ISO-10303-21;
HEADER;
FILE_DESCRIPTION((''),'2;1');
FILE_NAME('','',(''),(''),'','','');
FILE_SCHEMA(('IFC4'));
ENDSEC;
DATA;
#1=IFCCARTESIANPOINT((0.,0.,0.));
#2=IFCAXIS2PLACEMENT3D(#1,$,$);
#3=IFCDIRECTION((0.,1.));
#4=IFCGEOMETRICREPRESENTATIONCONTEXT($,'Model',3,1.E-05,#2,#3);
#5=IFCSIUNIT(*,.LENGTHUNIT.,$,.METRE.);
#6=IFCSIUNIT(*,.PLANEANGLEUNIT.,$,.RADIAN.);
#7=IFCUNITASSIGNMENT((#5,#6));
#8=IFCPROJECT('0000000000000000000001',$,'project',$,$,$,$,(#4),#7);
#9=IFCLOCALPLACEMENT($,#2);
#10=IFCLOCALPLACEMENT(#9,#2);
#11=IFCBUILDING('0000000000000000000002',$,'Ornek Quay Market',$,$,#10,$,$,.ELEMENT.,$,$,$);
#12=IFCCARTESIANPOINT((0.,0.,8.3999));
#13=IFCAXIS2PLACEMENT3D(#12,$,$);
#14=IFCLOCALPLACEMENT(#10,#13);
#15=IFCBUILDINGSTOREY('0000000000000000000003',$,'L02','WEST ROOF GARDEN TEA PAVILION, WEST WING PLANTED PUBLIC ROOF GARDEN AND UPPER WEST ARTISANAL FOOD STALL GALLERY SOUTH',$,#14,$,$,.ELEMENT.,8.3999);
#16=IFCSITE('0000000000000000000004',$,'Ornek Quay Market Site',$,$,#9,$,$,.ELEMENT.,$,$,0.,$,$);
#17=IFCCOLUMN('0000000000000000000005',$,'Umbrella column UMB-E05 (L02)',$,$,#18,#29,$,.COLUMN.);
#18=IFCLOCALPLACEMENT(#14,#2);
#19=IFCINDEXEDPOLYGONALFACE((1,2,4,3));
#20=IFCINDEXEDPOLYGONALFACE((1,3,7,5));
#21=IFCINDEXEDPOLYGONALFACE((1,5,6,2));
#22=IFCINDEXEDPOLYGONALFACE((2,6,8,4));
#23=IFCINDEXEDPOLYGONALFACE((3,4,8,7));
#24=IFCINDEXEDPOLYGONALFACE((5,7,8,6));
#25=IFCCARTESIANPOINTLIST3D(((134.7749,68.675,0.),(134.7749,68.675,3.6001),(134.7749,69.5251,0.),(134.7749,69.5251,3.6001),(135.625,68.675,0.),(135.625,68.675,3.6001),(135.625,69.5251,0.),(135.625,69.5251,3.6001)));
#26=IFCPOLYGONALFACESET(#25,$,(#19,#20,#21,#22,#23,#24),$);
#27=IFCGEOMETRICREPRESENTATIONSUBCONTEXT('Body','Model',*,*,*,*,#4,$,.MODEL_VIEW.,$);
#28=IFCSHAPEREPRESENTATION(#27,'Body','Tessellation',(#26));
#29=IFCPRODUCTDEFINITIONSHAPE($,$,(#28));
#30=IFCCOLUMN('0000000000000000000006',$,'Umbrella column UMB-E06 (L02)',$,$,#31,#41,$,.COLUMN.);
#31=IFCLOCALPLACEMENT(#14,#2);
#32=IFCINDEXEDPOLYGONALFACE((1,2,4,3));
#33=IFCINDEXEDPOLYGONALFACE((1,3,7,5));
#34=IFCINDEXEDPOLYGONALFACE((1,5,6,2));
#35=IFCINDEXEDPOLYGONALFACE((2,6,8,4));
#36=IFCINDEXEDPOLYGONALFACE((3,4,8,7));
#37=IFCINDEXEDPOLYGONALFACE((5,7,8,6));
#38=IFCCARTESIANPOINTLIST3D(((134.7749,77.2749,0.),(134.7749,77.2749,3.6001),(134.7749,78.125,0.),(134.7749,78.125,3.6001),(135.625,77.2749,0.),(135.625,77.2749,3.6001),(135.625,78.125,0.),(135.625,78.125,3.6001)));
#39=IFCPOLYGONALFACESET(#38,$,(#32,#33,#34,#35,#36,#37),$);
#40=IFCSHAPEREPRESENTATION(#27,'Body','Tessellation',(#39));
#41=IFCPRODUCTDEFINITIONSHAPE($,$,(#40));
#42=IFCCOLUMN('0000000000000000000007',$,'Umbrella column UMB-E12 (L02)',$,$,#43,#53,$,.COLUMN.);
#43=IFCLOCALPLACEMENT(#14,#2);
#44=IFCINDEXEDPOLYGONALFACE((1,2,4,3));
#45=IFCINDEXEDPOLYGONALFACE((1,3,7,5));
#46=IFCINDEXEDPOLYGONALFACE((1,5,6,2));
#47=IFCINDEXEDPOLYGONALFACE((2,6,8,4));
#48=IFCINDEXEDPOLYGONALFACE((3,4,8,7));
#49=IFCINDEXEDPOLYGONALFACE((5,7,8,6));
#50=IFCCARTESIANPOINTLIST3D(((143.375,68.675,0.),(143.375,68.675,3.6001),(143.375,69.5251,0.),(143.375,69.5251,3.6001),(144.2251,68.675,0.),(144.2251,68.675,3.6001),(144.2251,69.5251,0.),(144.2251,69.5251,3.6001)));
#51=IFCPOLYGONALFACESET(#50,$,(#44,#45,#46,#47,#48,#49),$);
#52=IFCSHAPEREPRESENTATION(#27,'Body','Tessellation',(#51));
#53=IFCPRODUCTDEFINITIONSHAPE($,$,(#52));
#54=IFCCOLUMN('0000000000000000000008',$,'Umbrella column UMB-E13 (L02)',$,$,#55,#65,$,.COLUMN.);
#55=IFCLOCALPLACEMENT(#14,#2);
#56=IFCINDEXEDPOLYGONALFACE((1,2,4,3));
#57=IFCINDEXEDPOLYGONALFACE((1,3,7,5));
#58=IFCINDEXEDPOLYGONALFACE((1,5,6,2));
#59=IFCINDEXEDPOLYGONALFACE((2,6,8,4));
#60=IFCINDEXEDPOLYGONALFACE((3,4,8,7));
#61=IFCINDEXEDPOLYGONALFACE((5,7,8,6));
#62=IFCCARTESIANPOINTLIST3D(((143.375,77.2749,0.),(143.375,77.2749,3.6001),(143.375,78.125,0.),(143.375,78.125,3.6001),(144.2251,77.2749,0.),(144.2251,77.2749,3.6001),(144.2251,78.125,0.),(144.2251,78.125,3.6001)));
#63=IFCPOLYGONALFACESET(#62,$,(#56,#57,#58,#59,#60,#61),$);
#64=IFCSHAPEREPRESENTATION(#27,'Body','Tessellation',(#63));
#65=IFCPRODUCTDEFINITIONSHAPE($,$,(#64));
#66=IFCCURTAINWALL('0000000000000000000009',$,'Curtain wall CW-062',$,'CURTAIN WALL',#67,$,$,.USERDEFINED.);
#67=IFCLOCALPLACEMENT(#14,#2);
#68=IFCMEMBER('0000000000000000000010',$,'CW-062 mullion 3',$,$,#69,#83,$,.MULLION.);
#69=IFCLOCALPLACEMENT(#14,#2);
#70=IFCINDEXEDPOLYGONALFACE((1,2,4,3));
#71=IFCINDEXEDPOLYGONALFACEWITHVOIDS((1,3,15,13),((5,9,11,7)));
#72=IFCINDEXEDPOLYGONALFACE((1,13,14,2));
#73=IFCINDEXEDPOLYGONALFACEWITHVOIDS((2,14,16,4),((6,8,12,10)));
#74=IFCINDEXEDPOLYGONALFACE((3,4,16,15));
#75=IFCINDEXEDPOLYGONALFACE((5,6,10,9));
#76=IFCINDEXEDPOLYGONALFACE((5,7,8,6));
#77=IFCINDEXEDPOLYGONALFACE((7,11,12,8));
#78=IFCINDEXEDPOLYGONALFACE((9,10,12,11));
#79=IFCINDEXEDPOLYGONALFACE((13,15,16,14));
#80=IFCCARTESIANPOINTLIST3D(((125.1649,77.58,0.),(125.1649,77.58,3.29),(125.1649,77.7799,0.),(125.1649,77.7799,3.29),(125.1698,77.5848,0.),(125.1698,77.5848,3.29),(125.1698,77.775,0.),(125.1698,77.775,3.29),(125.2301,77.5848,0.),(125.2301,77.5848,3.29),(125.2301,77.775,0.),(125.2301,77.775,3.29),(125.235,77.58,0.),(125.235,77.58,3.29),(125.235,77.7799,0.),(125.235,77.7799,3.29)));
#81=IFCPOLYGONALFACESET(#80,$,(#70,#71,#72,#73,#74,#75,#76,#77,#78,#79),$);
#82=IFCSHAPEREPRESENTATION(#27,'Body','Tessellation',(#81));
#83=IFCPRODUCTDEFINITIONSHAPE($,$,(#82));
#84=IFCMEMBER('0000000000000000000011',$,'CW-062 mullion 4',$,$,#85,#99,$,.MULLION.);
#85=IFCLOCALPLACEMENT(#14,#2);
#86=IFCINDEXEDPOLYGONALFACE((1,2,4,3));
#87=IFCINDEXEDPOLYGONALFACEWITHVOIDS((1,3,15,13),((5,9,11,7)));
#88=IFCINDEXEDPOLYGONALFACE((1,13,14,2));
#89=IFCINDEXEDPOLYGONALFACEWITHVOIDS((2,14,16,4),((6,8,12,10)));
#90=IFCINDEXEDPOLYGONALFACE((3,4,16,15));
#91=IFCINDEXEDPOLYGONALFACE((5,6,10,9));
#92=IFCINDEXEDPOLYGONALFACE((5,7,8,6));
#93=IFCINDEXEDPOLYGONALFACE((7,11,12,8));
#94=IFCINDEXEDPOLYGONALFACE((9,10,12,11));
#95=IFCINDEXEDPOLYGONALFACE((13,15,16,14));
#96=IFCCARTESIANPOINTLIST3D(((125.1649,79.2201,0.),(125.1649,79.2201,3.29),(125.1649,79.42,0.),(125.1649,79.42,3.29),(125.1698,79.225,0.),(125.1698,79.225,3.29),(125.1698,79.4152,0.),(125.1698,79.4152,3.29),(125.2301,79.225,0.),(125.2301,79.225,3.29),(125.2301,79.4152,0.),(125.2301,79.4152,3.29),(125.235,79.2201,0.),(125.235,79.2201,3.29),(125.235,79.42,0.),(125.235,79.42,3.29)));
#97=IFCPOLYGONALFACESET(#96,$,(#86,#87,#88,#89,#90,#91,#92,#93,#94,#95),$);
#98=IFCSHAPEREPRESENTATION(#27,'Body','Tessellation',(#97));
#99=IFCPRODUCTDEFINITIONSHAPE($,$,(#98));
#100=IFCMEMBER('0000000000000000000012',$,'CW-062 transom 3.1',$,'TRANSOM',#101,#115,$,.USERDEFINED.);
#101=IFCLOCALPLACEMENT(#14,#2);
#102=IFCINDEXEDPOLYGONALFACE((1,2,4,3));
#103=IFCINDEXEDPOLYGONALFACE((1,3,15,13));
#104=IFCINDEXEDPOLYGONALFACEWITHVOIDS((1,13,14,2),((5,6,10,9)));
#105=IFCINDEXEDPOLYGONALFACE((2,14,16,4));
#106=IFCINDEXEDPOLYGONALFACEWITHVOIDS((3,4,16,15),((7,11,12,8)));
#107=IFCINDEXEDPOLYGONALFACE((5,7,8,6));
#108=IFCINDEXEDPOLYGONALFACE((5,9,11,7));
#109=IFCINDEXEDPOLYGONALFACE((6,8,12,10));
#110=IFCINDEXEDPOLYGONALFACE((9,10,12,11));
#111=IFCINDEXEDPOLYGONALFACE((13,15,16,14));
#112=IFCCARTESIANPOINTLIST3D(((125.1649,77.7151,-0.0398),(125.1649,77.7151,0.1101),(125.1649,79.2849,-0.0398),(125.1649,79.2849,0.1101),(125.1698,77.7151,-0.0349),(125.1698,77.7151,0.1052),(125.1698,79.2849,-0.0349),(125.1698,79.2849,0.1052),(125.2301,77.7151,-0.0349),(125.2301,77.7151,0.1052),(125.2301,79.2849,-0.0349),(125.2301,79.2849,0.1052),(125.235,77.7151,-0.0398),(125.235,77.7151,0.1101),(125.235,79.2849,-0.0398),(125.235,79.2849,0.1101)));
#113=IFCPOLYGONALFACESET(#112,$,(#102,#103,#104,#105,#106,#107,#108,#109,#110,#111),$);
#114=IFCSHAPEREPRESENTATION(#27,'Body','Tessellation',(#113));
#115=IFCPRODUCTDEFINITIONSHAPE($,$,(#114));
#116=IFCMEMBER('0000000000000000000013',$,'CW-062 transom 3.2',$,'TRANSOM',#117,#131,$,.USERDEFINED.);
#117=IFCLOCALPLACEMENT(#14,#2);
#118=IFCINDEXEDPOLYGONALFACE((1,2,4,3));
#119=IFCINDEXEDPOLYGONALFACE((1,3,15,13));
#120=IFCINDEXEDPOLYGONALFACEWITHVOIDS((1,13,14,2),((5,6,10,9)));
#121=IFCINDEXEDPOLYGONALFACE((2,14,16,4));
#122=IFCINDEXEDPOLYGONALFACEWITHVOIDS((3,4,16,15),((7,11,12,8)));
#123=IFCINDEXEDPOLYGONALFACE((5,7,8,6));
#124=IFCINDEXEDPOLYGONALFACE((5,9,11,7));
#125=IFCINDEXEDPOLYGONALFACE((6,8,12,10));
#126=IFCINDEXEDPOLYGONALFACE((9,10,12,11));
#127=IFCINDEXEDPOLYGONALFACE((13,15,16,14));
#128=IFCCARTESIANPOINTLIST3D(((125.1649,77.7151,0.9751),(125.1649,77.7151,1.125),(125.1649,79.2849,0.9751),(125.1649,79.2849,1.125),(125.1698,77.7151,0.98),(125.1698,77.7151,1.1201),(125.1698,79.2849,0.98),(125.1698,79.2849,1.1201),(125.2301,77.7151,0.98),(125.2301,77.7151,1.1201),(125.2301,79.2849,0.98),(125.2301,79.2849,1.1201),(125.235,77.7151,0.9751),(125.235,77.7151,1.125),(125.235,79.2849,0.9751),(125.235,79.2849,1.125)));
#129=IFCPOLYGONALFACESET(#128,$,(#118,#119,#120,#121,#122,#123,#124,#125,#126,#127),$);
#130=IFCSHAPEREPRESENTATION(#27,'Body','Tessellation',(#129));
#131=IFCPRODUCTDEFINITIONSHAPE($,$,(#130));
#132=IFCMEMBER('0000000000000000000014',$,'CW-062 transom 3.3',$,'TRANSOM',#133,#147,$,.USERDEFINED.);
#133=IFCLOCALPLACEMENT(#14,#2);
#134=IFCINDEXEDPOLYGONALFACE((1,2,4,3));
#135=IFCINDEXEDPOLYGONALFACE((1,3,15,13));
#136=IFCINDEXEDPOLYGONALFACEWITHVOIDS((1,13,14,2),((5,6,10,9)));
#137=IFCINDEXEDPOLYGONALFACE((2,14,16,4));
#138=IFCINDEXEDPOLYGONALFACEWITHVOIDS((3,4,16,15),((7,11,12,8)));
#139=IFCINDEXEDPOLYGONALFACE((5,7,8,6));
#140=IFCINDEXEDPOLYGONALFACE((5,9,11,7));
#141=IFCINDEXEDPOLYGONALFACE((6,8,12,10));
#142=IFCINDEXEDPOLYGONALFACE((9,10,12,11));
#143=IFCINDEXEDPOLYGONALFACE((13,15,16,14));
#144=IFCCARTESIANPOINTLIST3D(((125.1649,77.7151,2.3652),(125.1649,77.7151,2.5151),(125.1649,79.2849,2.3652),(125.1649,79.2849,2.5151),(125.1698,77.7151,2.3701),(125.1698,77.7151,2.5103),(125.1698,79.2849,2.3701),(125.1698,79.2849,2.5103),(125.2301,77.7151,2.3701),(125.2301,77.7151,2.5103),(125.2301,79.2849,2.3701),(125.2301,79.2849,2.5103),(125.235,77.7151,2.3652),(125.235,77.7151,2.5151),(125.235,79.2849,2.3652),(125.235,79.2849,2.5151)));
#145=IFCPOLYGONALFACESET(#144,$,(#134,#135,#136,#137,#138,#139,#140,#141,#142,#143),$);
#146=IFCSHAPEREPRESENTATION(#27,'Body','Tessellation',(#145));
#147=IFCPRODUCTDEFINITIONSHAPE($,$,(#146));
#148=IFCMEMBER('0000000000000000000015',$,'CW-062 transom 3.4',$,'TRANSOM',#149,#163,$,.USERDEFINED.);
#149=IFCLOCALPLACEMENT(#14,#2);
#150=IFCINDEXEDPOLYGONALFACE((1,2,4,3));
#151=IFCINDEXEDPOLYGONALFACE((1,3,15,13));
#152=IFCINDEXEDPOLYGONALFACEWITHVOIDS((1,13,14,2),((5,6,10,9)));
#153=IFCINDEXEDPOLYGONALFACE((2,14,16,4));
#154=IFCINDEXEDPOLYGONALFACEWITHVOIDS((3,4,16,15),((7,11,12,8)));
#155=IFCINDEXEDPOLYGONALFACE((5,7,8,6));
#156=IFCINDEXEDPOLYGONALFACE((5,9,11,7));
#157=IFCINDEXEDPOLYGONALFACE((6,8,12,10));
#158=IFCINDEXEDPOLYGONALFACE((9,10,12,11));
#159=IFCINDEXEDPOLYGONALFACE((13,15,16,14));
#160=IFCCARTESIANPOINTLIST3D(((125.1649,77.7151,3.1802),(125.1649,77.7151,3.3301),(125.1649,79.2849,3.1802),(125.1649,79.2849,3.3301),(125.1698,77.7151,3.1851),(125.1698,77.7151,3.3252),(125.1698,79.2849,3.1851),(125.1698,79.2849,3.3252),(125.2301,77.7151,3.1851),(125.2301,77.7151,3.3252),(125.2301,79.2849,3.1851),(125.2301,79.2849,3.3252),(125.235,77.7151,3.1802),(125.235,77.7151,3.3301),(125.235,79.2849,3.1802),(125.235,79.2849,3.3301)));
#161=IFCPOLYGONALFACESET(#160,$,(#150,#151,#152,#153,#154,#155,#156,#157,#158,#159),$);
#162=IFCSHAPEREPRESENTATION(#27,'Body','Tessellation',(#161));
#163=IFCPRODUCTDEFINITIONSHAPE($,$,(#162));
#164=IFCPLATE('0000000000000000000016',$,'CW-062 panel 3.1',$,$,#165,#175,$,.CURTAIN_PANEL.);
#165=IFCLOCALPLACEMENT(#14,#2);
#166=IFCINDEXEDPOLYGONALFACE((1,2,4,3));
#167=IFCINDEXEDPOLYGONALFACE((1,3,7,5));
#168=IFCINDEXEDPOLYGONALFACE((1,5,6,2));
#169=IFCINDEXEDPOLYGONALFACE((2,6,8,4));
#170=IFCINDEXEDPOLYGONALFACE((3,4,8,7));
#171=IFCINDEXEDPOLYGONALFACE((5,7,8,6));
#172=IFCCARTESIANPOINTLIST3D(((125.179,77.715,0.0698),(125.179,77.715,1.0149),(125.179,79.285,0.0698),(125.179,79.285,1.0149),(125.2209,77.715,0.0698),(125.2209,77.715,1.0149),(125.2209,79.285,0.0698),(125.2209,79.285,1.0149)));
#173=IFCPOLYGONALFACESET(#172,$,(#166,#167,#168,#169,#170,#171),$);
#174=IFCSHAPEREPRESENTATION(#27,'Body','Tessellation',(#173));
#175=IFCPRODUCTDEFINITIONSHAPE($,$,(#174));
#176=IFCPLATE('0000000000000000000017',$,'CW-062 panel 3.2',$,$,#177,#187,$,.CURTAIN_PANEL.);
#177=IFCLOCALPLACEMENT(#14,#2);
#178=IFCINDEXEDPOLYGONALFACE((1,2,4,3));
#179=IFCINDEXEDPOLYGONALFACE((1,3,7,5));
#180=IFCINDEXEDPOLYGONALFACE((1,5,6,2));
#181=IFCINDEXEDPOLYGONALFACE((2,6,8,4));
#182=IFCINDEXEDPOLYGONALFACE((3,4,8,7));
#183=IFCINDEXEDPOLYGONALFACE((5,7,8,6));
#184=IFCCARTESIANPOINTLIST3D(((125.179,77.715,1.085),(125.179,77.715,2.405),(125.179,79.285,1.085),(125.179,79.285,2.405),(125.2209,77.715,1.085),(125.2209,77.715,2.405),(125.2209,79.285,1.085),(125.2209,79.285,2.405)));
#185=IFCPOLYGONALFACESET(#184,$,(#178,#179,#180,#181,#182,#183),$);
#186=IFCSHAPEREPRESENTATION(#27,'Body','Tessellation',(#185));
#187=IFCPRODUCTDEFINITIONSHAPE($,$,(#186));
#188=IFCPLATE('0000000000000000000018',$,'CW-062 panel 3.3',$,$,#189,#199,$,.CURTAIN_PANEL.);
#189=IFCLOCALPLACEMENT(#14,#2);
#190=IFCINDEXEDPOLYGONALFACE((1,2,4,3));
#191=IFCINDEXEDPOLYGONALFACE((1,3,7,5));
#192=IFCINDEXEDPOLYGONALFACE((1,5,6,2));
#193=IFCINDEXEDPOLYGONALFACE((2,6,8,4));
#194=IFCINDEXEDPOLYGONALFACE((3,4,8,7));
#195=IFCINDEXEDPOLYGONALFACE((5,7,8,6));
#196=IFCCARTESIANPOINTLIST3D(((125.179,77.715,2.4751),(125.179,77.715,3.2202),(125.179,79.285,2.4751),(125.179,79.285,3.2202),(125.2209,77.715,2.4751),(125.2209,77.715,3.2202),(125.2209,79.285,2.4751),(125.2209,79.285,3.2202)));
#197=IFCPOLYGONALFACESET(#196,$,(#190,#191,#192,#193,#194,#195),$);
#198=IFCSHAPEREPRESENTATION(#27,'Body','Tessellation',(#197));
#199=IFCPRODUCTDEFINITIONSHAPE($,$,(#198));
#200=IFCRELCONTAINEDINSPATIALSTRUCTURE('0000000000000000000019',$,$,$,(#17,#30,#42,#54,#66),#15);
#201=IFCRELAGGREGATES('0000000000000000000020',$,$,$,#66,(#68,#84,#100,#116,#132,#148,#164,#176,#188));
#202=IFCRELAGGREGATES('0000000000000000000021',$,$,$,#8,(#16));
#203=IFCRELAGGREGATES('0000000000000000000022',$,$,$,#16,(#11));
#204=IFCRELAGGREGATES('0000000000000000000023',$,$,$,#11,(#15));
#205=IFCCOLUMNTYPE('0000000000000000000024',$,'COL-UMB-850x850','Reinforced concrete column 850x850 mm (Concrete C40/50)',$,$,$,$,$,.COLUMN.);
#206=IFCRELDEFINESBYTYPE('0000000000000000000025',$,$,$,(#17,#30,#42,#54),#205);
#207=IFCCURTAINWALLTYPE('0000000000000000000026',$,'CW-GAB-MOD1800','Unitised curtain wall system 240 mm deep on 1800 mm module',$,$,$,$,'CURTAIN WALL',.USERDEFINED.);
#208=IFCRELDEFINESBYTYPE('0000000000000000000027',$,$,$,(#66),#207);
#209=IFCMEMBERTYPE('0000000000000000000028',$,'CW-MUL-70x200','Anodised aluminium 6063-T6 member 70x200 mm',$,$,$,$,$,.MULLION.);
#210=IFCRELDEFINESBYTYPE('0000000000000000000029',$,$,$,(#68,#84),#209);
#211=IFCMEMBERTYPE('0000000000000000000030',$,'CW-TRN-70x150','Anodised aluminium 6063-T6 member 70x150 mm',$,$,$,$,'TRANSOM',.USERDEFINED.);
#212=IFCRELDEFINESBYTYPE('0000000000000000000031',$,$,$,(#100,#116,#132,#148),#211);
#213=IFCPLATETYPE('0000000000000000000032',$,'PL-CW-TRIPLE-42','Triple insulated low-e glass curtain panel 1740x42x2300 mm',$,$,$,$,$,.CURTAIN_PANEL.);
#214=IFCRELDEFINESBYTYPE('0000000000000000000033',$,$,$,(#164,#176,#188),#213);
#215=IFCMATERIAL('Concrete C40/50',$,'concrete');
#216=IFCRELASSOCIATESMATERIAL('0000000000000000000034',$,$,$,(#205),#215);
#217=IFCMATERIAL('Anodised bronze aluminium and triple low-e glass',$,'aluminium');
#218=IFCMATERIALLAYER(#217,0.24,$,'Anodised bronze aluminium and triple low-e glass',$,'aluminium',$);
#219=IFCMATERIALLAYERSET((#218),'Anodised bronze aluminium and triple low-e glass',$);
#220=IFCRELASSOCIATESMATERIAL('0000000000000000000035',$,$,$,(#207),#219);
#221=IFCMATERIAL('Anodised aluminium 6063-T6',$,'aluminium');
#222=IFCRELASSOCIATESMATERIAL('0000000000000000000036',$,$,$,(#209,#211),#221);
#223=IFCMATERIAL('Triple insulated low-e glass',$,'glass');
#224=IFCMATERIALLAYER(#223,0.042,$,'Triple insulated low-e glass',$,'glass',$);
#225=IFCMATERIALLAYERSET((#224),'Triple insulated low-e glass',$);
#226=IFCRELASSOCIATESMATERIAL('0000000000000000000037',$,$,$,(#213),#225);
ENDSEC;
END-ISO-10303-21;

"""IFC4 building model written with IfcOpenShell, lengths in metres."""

from ifc_helpers import new_model, si_unit, direction, frame, origin, origin_2d, place, context, subcontext, project, spatial, rectangle, hollow_rectangle, extrude, material, layer, layer_set, material_profile, profile_set, type_object, element, aggregate, save


model = new_model("IFC4")

# Units and contexts
model_context = context("Model", 3, precision=1e-05, world=origin(), true_north=direction((0.0, 1.0)))
body_context = subcontext(model_context, "Body", "Model", "MODEL_VIEW")
ifc_project = project(units=[si_unit("LENGTHUNIT", "METRE"), si_unit("PLANEANGLEUNIT", "RADIAN")], contexts=[model_context])

# Site, building, storey
site_placement = place(None, origin())
site = spatial("IfcSite", under=ifc_project, at=site_placement, Name="Ornek Quay Market Site", CompositionType="ELEMENT", RefElevation=0.0)
building_placement = place(site_placement, origin())
building = spatial("IfcBuilding", under=site, at=building_placement, Name="Ornek Quay Market", CompositionType="ELEMENT")
storey_placement = place(building_placement, frame((0.0, 0.0, 8.3999)))
storey = spatial("IfcBuildingStorey", under=building, at=storey_placement, Name="L02", Description="WEST ROOF GARDEN TEA PAVILION, WEST WING PLANTED PUBLIC ROOF GARDEN AND UPPER WEST ARTISANAL FOOD STALL GALLERY SOUTH", CompositionType="ELEMENT", Elevation=8.3999)

# Columns
ifc_material_1 = material(Name="Concrete C40/50", Category="concrete")
ifc_material_profile_1 = material_profile(ifc_material_1, rectangle(XDim=0.8501, YDim=0.8501, at=origin_2d()), Name="RC 850x850", Category="concrete")
ifc_profile_set_1 = profile_set([ifc_material_profile_1], Name="Concrete C40/50")
column_type = type_object("IfcColumnType", Name="COL-UMB-850x850", Description="Reinforced concrete column 850x850 mm (Concrete C40/50)", PredefinedType="COLUMN", material=ifc_profile_set_1)
for number, where, z_axis, x_axis, name in (
    (1, (135.2, 69.1001, 0.0), (0.0, 0.0, 1.0), (1.0, 0.0, 0.0), "Umbrella column UMB-E05 (L02)"),
    (2, (135.2, 77.7, 0.0), (0.0, 0.0, 1.0), (1.0, 0.0, 0.0), "Umbrella column UMB-E06 (L02)"),
    (3, (143.8, 69.1001, 0.0), (0.0, 0.0, 1.0), (1.0, 0.0, 0.0), "Umbrella column UMB-E12 (L02)"),
    (4, (143.8, 77.7, 0.0), (0.0, 0.0, 1.0), (1.0, 0.0, 0.0), "Umbrella column UMB-E13 (L02)"),
):
    element("IfcColumn", number, at=place(storey_placement, frame(where, z_axis=z_axis, x_axis=x_axis)), inside=storey, type_object=column_type, Name=name, PredefinedType="COLUMN", context=body_context, shape_type="SweptSolid", body=[
        extrude(rectangle(XDim=0.8501, YDim=0.8501, at=origin_2d()), origin(), (0.0, 0.0, 1.0), 3.6001),
    ])

# Curtain wall, members, plates
ifc_material_2 = material(Name="Anodised bronze aluminium and triple low-e glass", Category="aluminium")
ifc_layer_1 = layer(ifc_material_2, 0.24, Name="Anodised bronze aluminium and triple low-e glass", Category="aluminium")
ifc_layer_set_1 = layer_set([ifc_layer_1], Name="Anodised bronze aluminium and triple low-e glass")
curtain_wall_type = type_object("IfcCurtainWallType", Name="CW-GAB-MOD1800", Description="Unitised curtain wall system 240 mm deep on 1800 mm module", ElementType="CURTAIN WALL", PredefinedType="USERDEFINED", material=ifc_layer_set_1)
curtain_wall_placement = place(storey_placement, origin())
curtain_wall = element("IfcCurtainWall", 5, at=curtain_wall_placement, inside=storey, type_object=curtain_wall_type, Name="Curtain wall CW-062", ObjectType="CURTAIN WALL", PredefinedType="USERDEFINED")
ifc_material_3 = material(Name="Anodised aluminium 6063-T6", Category="aluminium")
ifc_material_profile_2 = material_profile(ifc_material_3, hollow_rectangle(XDim=0.0701, YDim=0.2, WallThickness=0.0049, at=origin_2d()), Name="CW-MUL-70x200", Category="aluminium")
ifc_profile_set_2 = profile_set([ifc_material_profile_2], Name="Anodised aluminium 6063-T6")
member_type_1 = type_object("IfcMemberType", Name="CW-MUL-70x200", Description="Anodised aluminium 6063-T6 member 70x200 mm", PredefinedType="MULLION", material=ifc_profile_set_2)
member_1_placement = place(storey_placement, frame((125.2, 77.6799, 0.0), z_axis=(0.0, 0.0, 1.0), x_axis=(-1.0, 0.0, 0.0)))
member_1 = element("IfcMember", 6, at=member_1_placement, type_object=member_type_1, Name="CW-062 mullion 3", PredefinedType="MULLION", context=body_context, shape_type="SweptSolid", body=[
    extrude(hollow_rectangle(XDim=0.0701, YDim=0.2, WallThickness=0.0049, at=origin_2d()), origin(), (0.0, 0.0, 1.0), 3.29),
])
member_2_placement = place(storey_placement, frame((125.2, 79.3201, 0.0), z_axis=(0.0, 0.0, 1.0), x_axis=(-1.0, 0.0, 0.0)))
member_2 = element("IfcMember", 7, at=member_2_placement, type_object=member_type_1, Name="CW-062 mullion 4", PredefinedType="MULLION", context=body_context, shape_type="SweptSolid", body=[
    extrude(hollow_rectangle(XDim=0.0701, YDim=0.2, WallThickness=0.0049, at=origin_2d()), origin(), (0.0, 0.0, 1.0), 3.29),
])
ifc_material_profile_3 = material_profile(ifc_material_3, hollow_rectangle(XDim=0.0701, YDim=0.1499, WallThickness=0.0049, at=origin_2d()), Name="CW-TRN-70x150", Category="aluminium")
ifc_profile_set_3 = profile_set([ifc_material_profile_3], Name="Anodised aluminium 6063-T6")
member_type_2 = type_object("IfcMemberType", Name="CW-TRN-70x150", Description="Anodised aluminium 6063-T6 member 70x150 mm", ElementType="TRANSOM", PredefinedType="USERDEFINED", material=ifc_profile_set_3)
member_3_placement = place(storey_placement, frame((125.2, 77.7151, 0.0352), z_axis=(0.0, 1.0, 0.0), x_axis=(-1.0, 0.0, 0.0)))
member_3 = element("IfcMember", 8, at=member_3_placement, type_object=member_type_2, Name="CW-062 transom 3.1", ObjectType="TRANSOM", PredefinedType="USERDEFINED", context=body_context, shape_type="SweptSolid", body=[
    extrude(hollow_rectangle(XDim=0.0701, YDim=0.1499, WallThickness=0.0049, at=origin_2d()), origin(), (0.0, 0.0, 1.0), 1.5698),
])
member_4_placement = place(storey_placement, frame((125.2, 77.7151, 1.05), z_axis=(0.0, 1.0, 0.0), x_axis=(-1.0, 0.0, 0.0)))
member_4 = element("IfcMember", 9, at=member_4_placement, type_object=member_type_2, Name="CW-062 transom 3.2", ObjectType="TRANSOM", PredefinedType="USERDEFINED", context=body_context, shape_type="SweptSolid", body=[
    extrude(hollow_rectangle(XDim=0.0701, YDim=0.1499, WallThickness=0.0049, at=origin_2d()), origin(), (0.0, 0.0, 1.0), 1.5698),
])
member_5_placement = place(storey_placement, frame((125.2, 77.7151, 2.4402), z_axis=(0.0, 1.0, 0.0), x_axis=(-1.0, 0.0, 0.0)))
member_5 = element("IfcMember", 10, at=member_5_placement, type_object=member_type_2, Name="CW-062 transom 3.3", ObjectType="TRANSOM", PredefinedType="USERDEFINED", context=body_context, shape_type="SweptSolid", body=[
    extrude(hollow_rectangle(XDim=0.0701, YDim=0.1499, WallThickness=0.0049, at=origin_2d()), origin(), (0.0, 0.0, 1.0), 1.5698),
])
member_6_placement = place(storey_placement, frame((125.2, 77.7151, 3.2551), z_axis=(0.0, 1.0, 0.0), x_axis=(-1.0, 0.0, 0.0)))
member_6 = element("IfcMember", 11, at=member_6_placement, type_object=member_type_2, Name="CW-062 transom 3.4", ObjectType="TRANSOM", PredefinedType="USERDEFINED", context=body_context, shape_type="SweptSolid", body=[
    extrude(hollow_rectangle(XDim=0.0701, YDim=0.1499, WallThickness=0.0049, at=origin_2d()), origin(), (0.0, 0.0, 1.0), 1.5698),
])
ifc_material_4 = material(Name="Triple insulated low-e glass", Category="glass")
ifc_layer_2 = layer(ifc_material_4, 0.042, Name="Triple insulated low-e glass", Category="glass")
ifc_layer_set_2 = layer_set([ifc_layer_2], Name="Triple insulated low-e glass")
plate_type = type_object("IfcPlateType", Name="PL-CW-TRIPLE-42", Description="Triple insulated low-e glass curtain panel 1740x42x2300 mm", PredefinedType="CURTAIN_PANEL", material=ifc_layer_set_2)
plate_1_placement = place(storey_placement, frame((125.2, 78.5, 0.0698), z_axis=(0.0, 0.0, 1.0), x_axis=(0.0, 1.0, 0.0)))
plate_1 = element("IfcPlate", 12, at=plate_1_placement, type_object=plate_type, Name="CW-062 panel 3.1", PredefinedType="CURTAIN_PANEL", context=body_context, shape_type="SweptSolid", body=[
    extrude(rectangle(XDim=1.5701, YDim=0.042, at=origin_2d()), origin(), (0.0, 0.0, 1.0), 0.9451),
])
plate_2_placement = place(storey_placement, frame((125.2, 78.5, 1.085), z_axis=(0.0, 0.0, 1.0), x_axis=(0.0, 1.0, 0.0)))
plate_2 = element("IfcPlate", 13, at=plate_2_placement, type_object=plate_type, Name="CW-062 panel 3.2", PredefinedType="CURTAIN_PANEL", context=body_context, shape_type="SweptSolid", body=[
    extrude(rectangle(XDim=1.5701, YDim=0.042, at=origin_2d()), origin(), (0.0, 0.0, 1.0), 1.3201),
])
plate_3_placement = place(storey_placement, frame((125.2, 78.5, 2.4751), z_axis=(0.0, 0.0, 1.0), x_axis=(0.0, 1.0, 0.0)))
plate_3 = element("IfcPlate", 14, at=plate_3_placement, type_object=plate_type, Name="CW-062 panel 3.3", PredefinedType="CURTAIN_PANEL", context=body_context, shape_type="SweptSolid", body=[
    extrude(rectangle(XDim=1.5701, YDim=0.042, at=origin_2d()), origin(), (0.0, 0.0, 1.0), 0.7451),
])
aggregate(curtain_wall, [member_1, member_2, member_3, member_4, member_5, member_6, plate_1, plate_2, plate_3])

save(model, "model.ifc")
